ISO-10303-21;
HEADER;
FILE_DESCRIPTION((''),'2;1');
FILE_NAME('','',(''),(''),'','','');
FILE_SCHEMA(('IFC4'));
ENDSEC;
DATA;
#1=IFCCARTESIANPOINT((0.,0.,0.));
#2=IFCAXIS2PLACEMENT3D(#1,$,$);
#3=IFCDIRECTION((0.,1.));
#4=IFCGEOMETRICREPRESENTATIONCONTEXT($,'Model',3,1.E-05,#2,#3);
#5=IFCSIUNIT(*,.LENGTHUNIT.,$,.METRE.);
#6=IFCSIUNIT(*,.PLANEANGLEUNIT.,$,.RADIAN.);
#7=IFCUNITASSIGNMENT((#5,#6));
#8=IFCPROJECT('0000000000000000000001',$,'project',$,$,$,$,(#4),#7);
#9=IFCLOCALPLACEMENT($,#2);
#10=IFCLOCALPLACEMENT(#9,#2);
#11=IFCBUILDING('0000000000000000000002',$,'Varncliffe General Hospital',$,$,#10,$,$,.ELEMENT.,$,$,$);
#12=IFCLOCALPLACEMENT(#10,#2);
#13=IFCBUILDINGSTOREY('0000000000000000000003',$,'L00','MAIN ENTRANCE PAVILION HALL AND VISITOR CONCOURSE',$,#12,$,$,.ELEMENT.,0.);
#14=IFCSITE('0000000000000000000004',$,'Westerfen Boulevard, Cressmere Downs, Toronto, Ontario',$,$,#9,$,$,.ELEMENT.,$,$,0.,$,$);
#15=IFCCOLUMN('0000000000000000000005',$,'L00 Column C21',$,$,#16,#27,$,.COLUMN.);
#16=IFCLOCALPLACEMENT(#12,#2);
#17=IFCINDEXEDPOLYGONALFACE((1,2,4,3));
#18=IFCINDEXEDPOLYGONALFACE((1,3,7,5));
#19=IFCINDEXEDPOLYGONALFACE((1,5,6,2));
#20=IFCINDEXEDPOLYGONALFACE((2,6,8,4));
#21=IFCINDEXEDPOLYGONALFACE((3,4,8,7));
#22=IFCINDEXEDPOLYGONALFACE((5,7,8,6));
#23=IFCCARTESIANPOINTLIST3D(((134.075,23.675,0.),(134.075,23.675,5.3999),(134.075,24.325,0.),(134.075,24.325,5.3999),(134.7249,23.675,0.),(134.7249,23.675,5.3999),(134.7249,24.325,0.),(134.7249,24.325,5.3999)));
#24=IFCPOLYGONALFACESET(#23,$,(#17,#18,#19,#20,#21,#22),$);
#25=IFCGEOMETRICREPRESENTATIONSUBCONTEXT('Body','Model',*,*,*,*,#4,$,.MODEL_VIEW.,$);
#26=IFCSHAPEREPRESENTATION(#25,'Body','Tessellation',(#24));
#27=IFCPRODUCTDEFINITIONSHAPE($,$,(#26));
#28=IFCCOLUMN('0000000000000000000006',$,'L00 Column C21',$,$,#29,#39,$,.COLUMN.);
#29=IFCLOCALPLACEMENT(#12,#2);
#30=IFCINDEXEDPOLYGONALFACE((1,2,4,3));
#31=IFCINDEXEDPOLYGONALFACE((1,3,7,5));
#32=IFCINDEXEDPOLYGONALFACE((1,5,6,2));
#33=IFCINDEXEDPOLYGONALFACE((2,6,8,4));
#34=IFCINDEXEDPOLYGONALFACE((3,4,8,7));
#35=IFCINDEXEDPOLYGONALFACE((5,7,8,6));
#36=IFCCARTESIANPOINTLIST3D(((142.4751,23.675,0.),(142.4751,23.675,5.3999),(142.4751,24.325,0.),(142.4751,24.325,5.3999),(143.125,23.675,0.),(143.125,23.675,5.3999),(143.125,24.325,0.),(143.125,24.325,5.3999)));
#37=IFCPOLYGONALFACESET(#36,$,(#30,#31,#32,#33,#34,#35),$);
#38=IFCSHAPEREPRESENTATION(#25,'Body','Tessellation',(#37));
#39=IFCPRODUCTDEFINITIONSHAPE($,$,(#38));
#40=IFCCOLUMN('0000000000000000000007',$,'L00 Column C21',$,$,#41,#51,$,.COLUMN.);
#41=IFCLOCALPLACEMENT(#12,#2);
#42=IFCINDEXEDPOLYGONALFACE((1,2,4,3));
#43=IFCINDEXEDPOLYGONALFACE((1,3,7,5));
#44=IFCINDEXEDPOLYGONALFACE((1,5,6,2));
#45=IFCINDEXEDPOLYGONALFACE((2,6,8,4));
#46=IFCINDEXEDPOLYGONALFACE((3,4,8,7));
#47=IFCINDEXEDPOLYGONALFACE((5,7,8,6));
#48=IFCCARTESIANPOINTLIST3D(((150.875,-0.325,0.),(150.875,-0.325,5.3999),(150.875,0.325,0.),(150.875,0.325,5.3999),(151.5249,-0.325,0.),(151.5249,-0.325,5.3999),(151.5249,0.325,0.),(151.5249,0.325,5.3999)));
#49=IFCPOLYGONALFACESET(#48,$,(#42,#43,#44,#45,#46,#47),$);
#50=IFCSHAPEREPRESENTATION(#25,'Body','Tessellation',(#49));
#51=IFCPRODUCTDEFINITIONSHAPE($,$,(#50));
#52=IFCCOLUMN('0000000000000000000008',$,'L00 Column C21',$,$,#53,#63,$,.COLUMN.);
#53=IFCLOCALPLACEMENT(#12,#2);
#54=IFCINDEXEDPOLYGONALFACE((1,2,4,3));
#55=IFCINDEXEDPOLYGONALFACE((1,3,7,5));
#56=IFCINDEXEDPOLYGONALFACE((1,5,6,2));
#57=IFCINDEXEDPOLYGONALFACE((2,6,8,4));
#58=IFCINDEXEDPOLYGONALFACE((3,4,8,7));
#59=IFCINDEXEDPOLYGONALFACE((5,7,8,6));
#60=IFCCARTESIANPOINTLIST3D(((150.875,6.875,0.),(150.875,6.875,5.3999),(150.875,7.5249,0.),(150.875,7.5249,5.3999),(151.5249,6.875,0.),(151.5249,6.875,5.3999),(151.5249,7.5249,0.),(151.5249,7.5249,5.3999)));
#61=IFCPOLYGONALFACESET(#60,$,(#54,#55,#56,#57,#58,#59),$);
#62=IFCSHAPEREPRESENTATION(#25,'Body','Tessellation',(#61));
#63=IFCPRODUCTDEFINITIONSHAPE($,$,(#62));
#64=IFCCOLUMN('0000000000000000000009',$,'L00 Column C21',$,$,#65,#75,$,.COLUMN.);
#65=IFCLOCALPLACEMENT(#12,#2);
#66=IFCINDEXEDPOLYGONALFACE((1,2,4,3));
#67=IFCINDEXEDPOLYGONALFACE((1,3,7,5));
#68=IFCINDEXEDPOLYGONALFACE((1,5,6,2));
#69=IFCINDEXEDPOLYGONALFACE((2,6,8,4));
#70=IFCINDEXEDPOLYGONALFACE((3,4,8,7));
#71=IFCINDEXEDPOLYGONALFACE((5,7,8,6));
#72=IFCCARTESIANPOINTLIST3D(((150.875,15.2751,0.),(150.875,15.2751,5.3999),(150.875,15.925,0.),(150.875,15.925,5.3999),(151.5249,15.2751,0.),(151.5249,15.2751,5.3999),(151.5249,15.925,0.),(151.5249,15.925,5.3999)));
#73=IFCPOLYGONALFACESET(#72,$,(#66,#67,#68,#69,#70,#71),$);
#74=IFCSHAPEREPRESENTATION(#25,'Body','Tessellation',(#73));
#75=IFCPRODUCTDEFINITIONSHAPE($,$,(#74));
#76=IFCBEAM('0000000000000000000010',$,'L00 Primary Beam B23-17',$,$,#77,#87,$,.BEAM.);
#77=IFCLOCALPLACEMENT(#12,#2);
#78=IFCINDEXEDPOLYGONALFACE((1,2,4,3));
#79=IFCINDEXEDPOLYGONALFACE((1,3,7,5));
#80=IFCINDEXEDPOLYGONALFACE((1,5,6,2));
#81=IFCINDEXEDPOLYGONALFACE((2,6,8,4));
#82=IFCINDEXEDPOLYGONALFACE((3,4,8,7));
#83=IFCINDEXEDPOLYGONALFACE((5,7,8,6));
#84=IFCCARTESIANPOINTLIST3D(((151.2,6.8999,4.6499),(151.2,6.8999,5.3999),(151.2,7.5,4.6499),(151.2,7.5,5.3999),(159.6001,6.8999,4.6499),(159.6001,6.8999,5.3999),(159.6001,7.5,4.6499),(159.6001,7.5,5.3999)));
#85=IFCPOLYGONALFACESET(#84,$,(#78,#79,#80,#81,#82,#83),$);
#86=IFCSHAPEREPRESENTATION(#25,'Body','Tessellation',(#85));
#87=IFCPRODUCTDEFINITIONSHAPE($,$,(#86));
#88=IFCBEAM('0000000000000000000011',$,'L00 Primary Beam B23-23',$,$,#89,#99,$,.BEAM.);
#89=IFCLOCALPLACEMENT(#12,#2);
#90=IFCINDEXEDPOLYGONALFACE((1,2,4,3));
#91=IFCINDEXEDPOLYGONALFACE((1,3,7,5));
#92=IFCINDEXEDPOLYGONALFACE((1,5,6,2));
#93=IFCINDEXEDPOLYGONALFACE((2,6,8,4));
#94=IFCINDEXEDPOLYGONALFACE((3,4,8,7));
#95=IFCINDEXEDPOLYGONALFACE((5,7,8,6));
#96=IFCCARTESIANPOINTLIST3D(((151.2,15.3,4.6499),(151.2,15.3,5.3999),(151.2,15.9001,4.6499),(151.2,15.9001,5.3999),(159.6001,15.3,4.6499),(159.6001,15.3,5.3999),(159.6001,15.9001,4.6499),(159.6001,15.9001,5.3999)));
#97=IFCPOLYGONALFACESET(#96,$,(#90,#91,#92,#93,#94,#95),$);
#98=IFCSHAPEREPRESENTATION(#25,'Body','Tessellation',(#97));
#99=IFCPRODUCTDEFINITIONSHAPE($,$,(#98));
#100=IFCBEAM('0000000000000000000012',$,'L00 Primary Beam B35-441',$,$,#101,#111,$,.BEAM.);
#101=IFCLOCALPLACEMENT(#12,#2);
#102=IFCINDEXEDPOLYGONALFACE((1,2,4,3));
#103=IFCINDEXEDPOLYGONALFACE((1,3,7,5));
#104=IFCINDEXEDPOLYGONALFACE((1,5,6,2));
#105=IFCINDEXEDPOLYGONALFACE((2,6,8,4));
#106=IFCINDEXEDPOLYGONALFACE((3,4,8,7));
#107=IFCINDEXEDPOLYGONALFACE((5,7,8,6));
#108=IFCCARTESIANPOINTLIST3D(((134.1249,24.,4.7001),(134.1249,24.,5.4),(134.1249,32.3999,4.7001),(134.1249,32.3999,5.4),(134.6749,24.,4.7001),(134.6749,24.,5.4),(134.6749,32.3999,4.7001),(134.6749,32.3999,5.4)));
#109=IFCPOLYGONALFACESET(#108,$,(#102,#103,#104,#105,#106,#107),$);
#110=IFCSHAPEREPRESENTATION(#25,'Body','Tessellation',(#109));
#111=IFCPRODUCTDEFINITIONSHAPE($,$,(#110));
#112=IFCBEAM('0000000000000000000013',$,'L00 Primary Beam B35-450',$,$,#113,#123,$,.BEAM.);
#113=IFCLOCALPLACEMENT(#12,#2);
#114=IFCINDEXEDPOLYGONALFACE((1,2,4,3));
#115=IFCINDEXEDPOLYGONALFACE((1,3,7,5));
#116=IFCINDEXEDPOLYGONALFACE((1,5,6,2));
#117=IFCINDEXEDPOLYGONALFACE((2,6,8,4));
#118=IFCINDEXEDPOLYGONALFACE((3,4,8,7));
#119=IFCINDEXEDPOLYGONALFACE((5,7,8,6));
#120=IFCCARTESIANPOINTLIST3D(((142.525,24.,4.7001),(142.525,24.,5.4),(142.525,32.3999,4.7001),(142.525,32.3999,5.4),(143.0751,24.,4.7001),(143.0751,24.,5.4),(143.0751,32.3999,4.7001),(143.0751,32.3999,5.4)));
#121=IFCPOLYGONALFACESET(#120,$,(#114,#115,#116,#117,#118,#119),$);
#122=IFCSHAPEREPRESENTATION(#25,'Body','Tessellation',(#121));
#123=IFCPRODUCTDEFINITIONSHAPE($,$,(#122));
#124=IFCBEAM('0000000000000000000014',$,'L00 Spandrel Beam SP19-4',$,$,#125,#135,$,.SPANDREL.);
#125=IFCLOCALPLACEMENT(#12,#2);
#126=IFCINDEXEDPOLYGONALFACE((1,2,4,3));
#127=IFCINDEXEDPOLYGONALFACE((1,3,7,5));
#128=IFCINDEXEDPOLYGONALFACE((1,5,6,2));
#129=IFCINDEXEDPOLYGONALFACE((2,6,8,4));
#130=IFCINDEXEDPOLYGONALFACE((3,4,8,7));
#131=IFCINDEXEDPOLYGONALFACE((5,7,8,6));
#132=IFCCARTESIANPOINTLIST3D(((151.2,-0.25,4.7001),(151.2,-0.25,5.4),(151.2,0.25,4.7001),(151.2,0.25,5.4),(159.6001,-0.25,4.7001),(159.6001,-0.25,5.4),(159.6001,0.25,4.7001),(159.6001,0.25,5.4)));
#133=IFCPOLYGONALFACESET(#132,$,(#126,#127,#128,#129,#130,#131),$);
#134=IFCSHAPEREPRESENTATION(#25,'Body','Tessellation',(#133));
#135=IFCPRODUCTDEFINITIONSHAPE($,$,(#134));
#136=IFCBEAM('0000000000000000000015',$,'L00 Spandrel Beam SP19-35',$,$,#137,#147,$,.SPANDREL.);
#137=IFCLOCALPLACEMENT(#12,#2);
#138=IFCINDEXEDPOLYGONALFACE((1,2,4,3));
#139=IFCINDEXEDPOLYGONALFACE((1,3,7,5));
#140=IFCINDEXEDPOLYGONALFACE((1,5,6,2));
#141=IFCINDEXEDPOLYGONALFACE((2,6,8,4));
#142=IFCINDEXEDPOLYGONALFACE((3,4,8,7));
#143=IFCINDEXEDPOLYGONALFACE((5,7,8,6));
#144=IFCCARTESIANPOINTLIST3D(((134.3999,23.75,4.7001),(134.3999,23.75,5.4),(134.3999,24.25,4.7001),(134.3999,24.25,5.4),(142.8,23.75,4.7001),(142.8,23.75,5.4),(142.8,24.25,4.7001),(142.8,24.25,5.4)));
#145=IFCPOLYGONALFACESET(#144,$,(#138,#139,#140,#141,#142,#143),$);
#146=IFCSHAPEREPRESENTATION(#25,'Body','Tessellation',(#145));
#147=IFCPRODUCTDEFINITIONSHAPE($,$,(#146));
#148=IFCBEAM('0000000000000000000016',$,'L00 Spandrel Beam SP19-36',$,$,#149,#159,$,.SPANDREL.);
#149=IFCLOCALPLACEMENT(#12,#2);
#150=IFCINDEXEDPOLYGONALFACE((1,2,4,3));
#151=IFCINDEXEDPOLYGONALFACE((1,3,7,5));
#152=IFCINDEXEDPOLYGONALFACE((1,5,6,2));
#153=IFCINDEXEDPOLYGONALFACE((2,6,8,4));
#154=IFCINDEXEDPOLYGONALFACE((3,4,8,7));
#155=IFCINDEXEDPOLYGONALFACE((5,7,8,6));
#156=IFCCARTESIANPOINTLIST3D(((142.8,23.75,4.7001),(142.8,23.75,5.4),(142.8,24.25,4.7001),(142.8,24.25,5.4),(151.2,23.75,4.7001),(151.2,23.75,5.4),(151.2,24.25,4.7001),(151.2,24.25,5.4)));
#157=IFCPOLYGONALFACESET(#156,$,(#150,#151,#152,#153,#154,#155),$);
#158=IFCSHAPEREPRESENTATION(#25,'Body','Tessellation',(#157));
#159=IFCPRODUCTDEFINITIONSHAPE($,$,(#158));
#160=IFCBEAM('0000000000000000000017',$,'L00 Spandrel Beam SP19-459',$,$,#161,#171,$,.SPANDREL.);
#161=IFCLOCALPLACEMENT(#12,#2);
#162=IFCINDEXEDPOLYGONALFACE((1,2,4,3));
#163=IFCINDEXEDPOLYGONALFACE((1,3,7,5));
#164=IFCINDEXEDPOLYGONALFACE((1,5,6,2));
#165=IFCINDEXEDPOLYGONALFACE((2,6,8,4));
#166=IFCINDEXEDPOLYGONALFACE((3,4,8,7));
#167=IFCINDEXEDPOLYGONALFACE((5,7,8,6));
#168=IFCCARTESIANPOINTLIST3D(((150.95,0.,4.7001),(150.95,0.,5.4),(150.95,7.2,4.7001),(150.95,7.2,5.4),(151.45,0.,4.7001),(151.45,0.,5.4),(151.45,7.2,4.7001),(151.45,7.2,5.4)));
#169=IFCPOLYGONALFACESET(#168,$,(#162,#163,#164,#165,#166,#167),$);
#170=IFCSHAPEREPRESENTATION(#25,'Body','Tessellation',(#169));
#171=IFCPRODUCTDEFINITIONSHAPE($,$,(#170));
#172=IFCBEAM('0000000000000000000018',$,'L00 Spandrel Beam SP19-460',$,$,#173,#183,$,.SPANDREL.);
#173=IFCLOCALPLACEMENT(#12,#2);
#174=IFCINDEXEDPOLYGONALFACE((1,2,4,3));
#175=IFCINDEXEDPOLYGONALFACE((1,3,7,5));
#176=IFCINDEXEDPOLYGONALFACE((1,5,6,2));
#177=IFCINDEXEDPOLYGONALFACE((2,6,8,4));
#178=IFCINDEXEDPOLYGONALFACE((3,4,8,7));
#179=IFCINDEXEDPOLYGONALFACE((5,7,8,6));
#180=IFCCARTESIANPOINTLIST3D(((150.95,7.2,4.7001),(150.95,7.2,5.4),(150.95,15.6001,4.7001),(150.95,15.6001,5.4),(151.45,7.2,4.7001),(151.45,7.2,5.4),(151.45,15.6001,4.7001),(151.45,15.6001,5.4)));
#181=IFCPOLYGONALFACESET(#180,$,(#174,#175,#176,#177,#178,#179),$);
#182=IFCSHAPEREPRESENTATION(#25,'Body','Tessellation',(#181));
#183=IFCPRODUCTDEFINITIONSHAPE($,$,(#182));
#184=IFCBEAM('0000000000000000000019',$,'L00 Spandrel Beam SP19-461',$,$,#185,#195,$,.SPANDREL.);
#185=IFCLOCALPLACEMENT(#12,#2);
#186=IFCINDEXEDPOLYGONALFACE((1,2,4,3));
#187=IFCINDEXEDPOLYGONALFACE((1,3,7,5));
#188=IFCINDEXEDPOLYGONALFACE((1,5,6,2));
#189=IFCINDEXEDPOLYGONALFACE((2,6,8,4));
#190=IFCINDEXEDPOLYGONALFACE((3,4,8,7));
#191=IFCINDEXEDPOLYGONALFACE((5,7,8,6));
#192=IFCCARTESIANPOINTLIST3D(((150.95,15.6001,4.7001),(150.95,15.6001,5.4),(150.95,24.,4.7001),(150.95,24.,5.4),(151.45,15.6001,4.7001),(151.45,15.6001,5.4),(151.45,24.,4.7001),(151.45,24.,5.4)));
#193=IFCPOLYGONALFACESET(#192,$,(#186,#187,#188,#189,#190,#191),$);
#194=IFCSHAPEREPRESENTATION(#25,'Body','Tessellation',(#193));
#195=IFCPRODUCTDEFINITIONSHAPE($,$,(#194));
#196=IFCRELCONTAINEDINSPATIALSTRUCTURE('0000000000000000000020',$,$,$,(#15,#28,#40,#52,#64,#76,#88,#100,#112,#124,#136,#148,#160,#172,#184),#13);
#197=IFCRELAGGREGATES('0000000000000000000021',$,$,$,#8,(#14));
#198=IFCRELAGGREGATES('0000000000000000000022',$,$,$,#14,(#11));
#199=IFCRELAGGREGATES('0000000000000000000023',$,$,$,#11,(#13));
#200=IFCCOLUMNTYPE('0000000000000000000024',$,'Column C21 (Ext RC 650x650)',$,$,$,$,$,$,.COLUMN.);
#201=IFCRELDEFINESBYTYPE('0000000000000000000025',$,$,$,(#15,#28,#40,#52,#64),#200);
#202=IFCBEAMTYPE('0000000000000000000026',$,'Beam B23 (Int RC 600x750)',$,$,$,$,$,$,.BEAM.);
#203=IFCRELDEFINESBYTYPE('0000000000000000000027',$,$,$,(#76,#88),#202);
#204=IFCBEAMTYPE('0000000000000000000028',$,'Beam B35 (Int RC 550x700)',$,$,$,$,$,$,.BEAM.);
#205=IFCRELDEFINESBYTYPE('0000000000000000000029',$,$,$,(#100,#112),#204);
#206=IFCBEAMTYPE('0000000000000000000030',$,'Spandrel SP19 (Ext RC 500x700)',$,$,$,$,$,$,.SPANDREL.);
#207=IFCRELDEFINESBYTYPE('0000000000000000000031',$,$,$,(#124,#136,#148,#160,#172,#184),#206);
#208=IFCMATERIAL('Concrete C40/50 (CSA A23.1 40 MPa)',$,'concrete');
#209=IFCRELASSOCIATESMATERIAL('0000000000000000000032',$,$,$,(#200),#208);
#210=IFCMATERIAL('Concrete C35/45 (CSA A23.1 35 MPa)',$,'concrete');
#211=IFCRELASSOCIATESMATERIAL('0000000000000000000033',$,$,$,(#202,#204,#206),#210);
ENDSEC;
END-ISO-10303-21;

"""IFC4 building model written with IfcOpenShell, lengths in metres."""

from ifc_helpers import new_model, si_unit, direction, frame, origin, origin_2d, place, context, subcontext, project, spatial, rectangle, extrude, material, material_profile, profile_set, type_object, element, save


model = new_model("IFC4")

# Units and contexts
model_context = context("Model", 3, precision=1e-05, world=origin(), true_north=direction((0.0, 1.0)))
body_context = subcontext(model_context, "Body", "Model", "MODEL_VIEW")
ifc_project = project(units=[si_unit("LENGTHUNIT", "METRE"), si_unit("PLANEANGLEUNIT", "RADIAN")], contexts=[model_context])

# Site, building, storey
site_placement = place(None, origin())
site = spatial("IfcSite", under=ifc_project, at=site_placement, Name="Westerfen Boulevard, Cressmere Downs, Toronto, Ontario", CompositionType="ELEMENT", RefElevation=0.0)
building_placement = place(site_placement, origin())
building = spatial("IfcBuilding", under=site, at=building_placement, Name="Varncliffe General Hospital", CompositionType="ELEMENT")
storey_placement = place(building_placement, origin())
storey = spatial("IfcBuildingStorey", under=building, at=storey_placement, Name="L00", Description="MAIN ENTRANCE PAVILION HALL AND VISITOR CONCOURSE", CompositionType="ELEMENT", Elevation=0.0)

# Columns
ifc_material_1 = material(Name="Concrete C40/50 (CSA A23.1 40 MPa)", Category="concrete")
ifc_material_profile_1 = material_profile(ifc_material_1, rectangle(XDim=0.6499, YDim=0.6499, at=origin_2d()), Name="RC 650x650")
ifc_profile_set_1 = profile_set([ifc_material_profile_1], Name="Concrete C40/50 (CSA A23.1 40 MPa)")
column_type = type_object("IfcColumnType", Name="Column C21 (Ext RC 650x650)", PredefinedType="COLUMN", material=ifc_profile_set_1)
for number, where, z_axis, x_axis, name in (
    (1, (134.3999, 24.0, 0.0), (0.0, 0.0, 1.0), (1.0, 0.0, 0.0), "L00 Column C21"),
    (2, (142.8, 24.0, 0.0), (0.0, 0.0, 1.0), (1.0, 0.0, 0.0), "L00 Column C21"),
    (3, (151.2, 0.0, 0.0), (0.0, 0.0, 1.0), (1.0, 0.0, 0.0), "L00 Column C21"),
    (4, (151.2, 7.2, 0.0), (0.0, 0.0, 1.0), (1.0, 0.0, 0.0), "L00 Column C21"),
    (5, (151.2, 15.6001, 0.0), (0.0, 0.0, 1.0), (1.0, 0.0, 0.0), "L00 Column C21"),
):
    element("IfcColumn", number, at=place(storey_placement, frame(where, z_axis=z_axis, x_axis=x_axis)), inside=storey, type_object=column_type, Name=name, PredefinedType="COLUMN", context=body_context, shape_type="SweptSolid", body=[
        extrude(rectangle(XDim=0.6499, YDim=0.6499, at=origin_2d()), origin(), (0.0, 0.0, 1.0), 5.3999),
    ])

# Beams
ifc_material_2 = material(Name="Concrete C35/45 (CSA A23.1 35 MPa)", Category="concrete")
ifc_material_profile_2 = material_profile(ifc_material_2, rectangle(XDim=0.6001, YDim=0.75, at=origin_2d()), Name="RC 600x750")
ifc_profile_set_2 = profile_set([ifc_material_profile_2], Name="Concrete C35/45 (CSA A23.1 35 MPa)")
beam_type_1 = type_object("IfcBeamType", Name="Beam B23 (Int RC 600x750)", PredefinedType="BEAM", material=ifc_profile_set_2)
for number, where, z_axis, x_axis, name in (
    (6, (151.2, 7.2, 5.0249), (1.0, 0.0, 0.0), (0.0, 1.0, 0.0), "L00 Primary Beam B23-17"),
    (7, (151.2, 15.6001, 5.0249), (1.0, 0.0, 0.0), (0.0, 1.0, 0.0), "L00 Primary Beam B23-23"),
):
    element("IfcBeam", number, at=place(storey_placement, frame(where, z_axis=z_axis, x_axis=x_axis)), inside=storey, type_object=beam_type_1, Name=name, PredefinedType="BEAM", context=body_context, shape_type="SweptSolid", body=[
        extrude(rectangle(XDim=0.6001, YDim=0.75, at=origin_2d()), origin(), (0.0, 0.0, 1.0), 8.4001),
    ])
ifc_material_profile_3 = material_profile(ifc_material_2, rectangle(XDim=0.55, YDim=0.7, at=origin_2d()), Name="RC 550x700")
ifc_profile_set_3 = profile_set([ifc_material_profile_3], Name="Concrete C35/45 (CSA A23.1 35 MPa)")
beam_type_2 = type_object("IfcBeamType", Name="Beam B35 (Int RC 550x700)", PredefinedType="BEAM", material=ifc_profile_set_3)
for number, where, z_axis, x_axis, name in (
    (8, (134.3999, 24.0, 5.05), (0.0, 1.0, 0.0), (-1.0, 0.0, 0.0), "L00 Primary Beam B35-441"),
    (9, (142.8, 24.0, 5.05), (0.0, 1.0, 0.0), (-1.0, 0.0, 0.0), "L00 Primary Beam B35-450"),
):
    element("IfcBeam", number, at=place(storey_placement, frame(where, z_axis=z_axis, x_axis=x_axis)), inside=storey, type_object=beam_type_2, Name=name, PredefinedType="BEAM", context=body_context, shape_type="SweptSolid", body=[
        extrude(rectangle(XDim=0.55, YDim=0.7, at=origin_2d()), origin(), (0.0, 0.0, 1.0), 8.3999),
    ])
ifc_material_profile_4 = material_profile(ifc_material_2, rectangle(XDim=0.5, YDim=0.7, at=origin_2d()), Name="RC 500x700")
ifc_profile_set_4 = profile_set([ifc_material_profile_4], Name="Concrete C35/45 (CSA A23.1 35 MPa)")
beam_type_3 = type_object("IfcBeamType", Name="Spandrel SP19 (Ext RC 500x700)", PredefinedType="SPANDREL", material=ifc_profile_set_4)
for number, where, z_axis, x_axis, name in (
    (10, (151.2, 0.0, 5.05), (1.0, 0.0, 0.0), (0.0, 1.0, 0.0), "L00 Spandrel Beam SP19-4"),
    (11, (134.3999, 24.0, 5.05), (1.0, 0.0, 0.0), (0.0, 1.0, 0.0), "L00 Spandrel Beam SP19-35"),
):
    element("IfcBeam", number, at=place(storey_placement, frame(where, z_axis=z_axis, x_axis=x_axis)), inside=storey, type_object=beam_type_3, Name=name, PredefinedType="SPANDREL", context=body_context, shape_type="SweptSolid", body=[
        extrude(rectangle(XDim=0.5, YDim=0.7, at=origin_2d()), origin(), (0.0, 0.0, 1.0), 8.4001),
    ])
beam_1_placement = place(storey_placement, frame((142.8, 24.0, 5.05), z_axis=(1.0, 0.0, 0.0), x_axis=(0.0, 1.0, 0.0)))
element("IfcBeam", 12, at=beam_1_placement, inside=storey, type_object=beam_type_3, Name="L00 Spandrel Beam SP19-36", PredefinedType="SPANDREL", context=body_context, shape_type="SweptSolid", body=[
    extrude(rectangle(XDim=0.5, YDim=0.7, at=origin_2d()), origin(), (0.0, 0.0, 1.0), 8.3999),
])
beam_2_placement = place(storey_placement, frame((151.2, 0.0, 5.05), z_axis=(0.0, 1.0, 0.0), x_axis=(-1.0, 0.0, 0.0)))
element("IfcBeam", 13, at=beam_2_placement, inside=storey, type_object=beam_type_3, Name="L00 Spandrel Beam SP19-459", PredefinedType="SPANDREL", context=body_context, shape_type="SweptSolid", body=[
    extrude(rectangle(XDim=0.5, YDim=0.7, at=origin_2d()), origin(), (0.0, 0.0, 1.0), 7.2),
])
beam_3_placement = place(storey_placement, frame((151.2, 7.2, 5.05), z_axis=(0.0, 1.0, 0.0), x_axis=(-1.0, 0.0, 0.0)))
element("IfcBeam", 14, at=beam_3_placement, inside=storey, type_object=beam_type_3, Name="L00 Spandrel Beam SP19-460", PredefinedType="SPANDREL", context=body_context, shape_type="SweptSolid", body=[
    extrude(rectangle(XDim=0.5, YDim=0.7, at=origin_2d()), origin(), (0.0, 0.0, 1.0), 8.4001),
])
beam_4_placement = place(storey_placement, frame((151.2, 15.6001, 5.05), z_axis=(0.0, 1.0, 0.0), x_axis=(-1.0, 0.0, 0.0)))
element("IfcBeam", 15, at=beam_4_placement, inside=storey, type_object=beam_type_3, Name="L00 Spandrel Beam SP19-461", PredefinedType="SPANDREL", context=body_context, shape_type="SweptSolid", body=[
    extrude(rectangle(XDim=0.5, YDim=0.7, at=origin_2d()), origin(), (0.0, 0.0, 1.0), 8.3999),
])

save(model, "model.ifc")
